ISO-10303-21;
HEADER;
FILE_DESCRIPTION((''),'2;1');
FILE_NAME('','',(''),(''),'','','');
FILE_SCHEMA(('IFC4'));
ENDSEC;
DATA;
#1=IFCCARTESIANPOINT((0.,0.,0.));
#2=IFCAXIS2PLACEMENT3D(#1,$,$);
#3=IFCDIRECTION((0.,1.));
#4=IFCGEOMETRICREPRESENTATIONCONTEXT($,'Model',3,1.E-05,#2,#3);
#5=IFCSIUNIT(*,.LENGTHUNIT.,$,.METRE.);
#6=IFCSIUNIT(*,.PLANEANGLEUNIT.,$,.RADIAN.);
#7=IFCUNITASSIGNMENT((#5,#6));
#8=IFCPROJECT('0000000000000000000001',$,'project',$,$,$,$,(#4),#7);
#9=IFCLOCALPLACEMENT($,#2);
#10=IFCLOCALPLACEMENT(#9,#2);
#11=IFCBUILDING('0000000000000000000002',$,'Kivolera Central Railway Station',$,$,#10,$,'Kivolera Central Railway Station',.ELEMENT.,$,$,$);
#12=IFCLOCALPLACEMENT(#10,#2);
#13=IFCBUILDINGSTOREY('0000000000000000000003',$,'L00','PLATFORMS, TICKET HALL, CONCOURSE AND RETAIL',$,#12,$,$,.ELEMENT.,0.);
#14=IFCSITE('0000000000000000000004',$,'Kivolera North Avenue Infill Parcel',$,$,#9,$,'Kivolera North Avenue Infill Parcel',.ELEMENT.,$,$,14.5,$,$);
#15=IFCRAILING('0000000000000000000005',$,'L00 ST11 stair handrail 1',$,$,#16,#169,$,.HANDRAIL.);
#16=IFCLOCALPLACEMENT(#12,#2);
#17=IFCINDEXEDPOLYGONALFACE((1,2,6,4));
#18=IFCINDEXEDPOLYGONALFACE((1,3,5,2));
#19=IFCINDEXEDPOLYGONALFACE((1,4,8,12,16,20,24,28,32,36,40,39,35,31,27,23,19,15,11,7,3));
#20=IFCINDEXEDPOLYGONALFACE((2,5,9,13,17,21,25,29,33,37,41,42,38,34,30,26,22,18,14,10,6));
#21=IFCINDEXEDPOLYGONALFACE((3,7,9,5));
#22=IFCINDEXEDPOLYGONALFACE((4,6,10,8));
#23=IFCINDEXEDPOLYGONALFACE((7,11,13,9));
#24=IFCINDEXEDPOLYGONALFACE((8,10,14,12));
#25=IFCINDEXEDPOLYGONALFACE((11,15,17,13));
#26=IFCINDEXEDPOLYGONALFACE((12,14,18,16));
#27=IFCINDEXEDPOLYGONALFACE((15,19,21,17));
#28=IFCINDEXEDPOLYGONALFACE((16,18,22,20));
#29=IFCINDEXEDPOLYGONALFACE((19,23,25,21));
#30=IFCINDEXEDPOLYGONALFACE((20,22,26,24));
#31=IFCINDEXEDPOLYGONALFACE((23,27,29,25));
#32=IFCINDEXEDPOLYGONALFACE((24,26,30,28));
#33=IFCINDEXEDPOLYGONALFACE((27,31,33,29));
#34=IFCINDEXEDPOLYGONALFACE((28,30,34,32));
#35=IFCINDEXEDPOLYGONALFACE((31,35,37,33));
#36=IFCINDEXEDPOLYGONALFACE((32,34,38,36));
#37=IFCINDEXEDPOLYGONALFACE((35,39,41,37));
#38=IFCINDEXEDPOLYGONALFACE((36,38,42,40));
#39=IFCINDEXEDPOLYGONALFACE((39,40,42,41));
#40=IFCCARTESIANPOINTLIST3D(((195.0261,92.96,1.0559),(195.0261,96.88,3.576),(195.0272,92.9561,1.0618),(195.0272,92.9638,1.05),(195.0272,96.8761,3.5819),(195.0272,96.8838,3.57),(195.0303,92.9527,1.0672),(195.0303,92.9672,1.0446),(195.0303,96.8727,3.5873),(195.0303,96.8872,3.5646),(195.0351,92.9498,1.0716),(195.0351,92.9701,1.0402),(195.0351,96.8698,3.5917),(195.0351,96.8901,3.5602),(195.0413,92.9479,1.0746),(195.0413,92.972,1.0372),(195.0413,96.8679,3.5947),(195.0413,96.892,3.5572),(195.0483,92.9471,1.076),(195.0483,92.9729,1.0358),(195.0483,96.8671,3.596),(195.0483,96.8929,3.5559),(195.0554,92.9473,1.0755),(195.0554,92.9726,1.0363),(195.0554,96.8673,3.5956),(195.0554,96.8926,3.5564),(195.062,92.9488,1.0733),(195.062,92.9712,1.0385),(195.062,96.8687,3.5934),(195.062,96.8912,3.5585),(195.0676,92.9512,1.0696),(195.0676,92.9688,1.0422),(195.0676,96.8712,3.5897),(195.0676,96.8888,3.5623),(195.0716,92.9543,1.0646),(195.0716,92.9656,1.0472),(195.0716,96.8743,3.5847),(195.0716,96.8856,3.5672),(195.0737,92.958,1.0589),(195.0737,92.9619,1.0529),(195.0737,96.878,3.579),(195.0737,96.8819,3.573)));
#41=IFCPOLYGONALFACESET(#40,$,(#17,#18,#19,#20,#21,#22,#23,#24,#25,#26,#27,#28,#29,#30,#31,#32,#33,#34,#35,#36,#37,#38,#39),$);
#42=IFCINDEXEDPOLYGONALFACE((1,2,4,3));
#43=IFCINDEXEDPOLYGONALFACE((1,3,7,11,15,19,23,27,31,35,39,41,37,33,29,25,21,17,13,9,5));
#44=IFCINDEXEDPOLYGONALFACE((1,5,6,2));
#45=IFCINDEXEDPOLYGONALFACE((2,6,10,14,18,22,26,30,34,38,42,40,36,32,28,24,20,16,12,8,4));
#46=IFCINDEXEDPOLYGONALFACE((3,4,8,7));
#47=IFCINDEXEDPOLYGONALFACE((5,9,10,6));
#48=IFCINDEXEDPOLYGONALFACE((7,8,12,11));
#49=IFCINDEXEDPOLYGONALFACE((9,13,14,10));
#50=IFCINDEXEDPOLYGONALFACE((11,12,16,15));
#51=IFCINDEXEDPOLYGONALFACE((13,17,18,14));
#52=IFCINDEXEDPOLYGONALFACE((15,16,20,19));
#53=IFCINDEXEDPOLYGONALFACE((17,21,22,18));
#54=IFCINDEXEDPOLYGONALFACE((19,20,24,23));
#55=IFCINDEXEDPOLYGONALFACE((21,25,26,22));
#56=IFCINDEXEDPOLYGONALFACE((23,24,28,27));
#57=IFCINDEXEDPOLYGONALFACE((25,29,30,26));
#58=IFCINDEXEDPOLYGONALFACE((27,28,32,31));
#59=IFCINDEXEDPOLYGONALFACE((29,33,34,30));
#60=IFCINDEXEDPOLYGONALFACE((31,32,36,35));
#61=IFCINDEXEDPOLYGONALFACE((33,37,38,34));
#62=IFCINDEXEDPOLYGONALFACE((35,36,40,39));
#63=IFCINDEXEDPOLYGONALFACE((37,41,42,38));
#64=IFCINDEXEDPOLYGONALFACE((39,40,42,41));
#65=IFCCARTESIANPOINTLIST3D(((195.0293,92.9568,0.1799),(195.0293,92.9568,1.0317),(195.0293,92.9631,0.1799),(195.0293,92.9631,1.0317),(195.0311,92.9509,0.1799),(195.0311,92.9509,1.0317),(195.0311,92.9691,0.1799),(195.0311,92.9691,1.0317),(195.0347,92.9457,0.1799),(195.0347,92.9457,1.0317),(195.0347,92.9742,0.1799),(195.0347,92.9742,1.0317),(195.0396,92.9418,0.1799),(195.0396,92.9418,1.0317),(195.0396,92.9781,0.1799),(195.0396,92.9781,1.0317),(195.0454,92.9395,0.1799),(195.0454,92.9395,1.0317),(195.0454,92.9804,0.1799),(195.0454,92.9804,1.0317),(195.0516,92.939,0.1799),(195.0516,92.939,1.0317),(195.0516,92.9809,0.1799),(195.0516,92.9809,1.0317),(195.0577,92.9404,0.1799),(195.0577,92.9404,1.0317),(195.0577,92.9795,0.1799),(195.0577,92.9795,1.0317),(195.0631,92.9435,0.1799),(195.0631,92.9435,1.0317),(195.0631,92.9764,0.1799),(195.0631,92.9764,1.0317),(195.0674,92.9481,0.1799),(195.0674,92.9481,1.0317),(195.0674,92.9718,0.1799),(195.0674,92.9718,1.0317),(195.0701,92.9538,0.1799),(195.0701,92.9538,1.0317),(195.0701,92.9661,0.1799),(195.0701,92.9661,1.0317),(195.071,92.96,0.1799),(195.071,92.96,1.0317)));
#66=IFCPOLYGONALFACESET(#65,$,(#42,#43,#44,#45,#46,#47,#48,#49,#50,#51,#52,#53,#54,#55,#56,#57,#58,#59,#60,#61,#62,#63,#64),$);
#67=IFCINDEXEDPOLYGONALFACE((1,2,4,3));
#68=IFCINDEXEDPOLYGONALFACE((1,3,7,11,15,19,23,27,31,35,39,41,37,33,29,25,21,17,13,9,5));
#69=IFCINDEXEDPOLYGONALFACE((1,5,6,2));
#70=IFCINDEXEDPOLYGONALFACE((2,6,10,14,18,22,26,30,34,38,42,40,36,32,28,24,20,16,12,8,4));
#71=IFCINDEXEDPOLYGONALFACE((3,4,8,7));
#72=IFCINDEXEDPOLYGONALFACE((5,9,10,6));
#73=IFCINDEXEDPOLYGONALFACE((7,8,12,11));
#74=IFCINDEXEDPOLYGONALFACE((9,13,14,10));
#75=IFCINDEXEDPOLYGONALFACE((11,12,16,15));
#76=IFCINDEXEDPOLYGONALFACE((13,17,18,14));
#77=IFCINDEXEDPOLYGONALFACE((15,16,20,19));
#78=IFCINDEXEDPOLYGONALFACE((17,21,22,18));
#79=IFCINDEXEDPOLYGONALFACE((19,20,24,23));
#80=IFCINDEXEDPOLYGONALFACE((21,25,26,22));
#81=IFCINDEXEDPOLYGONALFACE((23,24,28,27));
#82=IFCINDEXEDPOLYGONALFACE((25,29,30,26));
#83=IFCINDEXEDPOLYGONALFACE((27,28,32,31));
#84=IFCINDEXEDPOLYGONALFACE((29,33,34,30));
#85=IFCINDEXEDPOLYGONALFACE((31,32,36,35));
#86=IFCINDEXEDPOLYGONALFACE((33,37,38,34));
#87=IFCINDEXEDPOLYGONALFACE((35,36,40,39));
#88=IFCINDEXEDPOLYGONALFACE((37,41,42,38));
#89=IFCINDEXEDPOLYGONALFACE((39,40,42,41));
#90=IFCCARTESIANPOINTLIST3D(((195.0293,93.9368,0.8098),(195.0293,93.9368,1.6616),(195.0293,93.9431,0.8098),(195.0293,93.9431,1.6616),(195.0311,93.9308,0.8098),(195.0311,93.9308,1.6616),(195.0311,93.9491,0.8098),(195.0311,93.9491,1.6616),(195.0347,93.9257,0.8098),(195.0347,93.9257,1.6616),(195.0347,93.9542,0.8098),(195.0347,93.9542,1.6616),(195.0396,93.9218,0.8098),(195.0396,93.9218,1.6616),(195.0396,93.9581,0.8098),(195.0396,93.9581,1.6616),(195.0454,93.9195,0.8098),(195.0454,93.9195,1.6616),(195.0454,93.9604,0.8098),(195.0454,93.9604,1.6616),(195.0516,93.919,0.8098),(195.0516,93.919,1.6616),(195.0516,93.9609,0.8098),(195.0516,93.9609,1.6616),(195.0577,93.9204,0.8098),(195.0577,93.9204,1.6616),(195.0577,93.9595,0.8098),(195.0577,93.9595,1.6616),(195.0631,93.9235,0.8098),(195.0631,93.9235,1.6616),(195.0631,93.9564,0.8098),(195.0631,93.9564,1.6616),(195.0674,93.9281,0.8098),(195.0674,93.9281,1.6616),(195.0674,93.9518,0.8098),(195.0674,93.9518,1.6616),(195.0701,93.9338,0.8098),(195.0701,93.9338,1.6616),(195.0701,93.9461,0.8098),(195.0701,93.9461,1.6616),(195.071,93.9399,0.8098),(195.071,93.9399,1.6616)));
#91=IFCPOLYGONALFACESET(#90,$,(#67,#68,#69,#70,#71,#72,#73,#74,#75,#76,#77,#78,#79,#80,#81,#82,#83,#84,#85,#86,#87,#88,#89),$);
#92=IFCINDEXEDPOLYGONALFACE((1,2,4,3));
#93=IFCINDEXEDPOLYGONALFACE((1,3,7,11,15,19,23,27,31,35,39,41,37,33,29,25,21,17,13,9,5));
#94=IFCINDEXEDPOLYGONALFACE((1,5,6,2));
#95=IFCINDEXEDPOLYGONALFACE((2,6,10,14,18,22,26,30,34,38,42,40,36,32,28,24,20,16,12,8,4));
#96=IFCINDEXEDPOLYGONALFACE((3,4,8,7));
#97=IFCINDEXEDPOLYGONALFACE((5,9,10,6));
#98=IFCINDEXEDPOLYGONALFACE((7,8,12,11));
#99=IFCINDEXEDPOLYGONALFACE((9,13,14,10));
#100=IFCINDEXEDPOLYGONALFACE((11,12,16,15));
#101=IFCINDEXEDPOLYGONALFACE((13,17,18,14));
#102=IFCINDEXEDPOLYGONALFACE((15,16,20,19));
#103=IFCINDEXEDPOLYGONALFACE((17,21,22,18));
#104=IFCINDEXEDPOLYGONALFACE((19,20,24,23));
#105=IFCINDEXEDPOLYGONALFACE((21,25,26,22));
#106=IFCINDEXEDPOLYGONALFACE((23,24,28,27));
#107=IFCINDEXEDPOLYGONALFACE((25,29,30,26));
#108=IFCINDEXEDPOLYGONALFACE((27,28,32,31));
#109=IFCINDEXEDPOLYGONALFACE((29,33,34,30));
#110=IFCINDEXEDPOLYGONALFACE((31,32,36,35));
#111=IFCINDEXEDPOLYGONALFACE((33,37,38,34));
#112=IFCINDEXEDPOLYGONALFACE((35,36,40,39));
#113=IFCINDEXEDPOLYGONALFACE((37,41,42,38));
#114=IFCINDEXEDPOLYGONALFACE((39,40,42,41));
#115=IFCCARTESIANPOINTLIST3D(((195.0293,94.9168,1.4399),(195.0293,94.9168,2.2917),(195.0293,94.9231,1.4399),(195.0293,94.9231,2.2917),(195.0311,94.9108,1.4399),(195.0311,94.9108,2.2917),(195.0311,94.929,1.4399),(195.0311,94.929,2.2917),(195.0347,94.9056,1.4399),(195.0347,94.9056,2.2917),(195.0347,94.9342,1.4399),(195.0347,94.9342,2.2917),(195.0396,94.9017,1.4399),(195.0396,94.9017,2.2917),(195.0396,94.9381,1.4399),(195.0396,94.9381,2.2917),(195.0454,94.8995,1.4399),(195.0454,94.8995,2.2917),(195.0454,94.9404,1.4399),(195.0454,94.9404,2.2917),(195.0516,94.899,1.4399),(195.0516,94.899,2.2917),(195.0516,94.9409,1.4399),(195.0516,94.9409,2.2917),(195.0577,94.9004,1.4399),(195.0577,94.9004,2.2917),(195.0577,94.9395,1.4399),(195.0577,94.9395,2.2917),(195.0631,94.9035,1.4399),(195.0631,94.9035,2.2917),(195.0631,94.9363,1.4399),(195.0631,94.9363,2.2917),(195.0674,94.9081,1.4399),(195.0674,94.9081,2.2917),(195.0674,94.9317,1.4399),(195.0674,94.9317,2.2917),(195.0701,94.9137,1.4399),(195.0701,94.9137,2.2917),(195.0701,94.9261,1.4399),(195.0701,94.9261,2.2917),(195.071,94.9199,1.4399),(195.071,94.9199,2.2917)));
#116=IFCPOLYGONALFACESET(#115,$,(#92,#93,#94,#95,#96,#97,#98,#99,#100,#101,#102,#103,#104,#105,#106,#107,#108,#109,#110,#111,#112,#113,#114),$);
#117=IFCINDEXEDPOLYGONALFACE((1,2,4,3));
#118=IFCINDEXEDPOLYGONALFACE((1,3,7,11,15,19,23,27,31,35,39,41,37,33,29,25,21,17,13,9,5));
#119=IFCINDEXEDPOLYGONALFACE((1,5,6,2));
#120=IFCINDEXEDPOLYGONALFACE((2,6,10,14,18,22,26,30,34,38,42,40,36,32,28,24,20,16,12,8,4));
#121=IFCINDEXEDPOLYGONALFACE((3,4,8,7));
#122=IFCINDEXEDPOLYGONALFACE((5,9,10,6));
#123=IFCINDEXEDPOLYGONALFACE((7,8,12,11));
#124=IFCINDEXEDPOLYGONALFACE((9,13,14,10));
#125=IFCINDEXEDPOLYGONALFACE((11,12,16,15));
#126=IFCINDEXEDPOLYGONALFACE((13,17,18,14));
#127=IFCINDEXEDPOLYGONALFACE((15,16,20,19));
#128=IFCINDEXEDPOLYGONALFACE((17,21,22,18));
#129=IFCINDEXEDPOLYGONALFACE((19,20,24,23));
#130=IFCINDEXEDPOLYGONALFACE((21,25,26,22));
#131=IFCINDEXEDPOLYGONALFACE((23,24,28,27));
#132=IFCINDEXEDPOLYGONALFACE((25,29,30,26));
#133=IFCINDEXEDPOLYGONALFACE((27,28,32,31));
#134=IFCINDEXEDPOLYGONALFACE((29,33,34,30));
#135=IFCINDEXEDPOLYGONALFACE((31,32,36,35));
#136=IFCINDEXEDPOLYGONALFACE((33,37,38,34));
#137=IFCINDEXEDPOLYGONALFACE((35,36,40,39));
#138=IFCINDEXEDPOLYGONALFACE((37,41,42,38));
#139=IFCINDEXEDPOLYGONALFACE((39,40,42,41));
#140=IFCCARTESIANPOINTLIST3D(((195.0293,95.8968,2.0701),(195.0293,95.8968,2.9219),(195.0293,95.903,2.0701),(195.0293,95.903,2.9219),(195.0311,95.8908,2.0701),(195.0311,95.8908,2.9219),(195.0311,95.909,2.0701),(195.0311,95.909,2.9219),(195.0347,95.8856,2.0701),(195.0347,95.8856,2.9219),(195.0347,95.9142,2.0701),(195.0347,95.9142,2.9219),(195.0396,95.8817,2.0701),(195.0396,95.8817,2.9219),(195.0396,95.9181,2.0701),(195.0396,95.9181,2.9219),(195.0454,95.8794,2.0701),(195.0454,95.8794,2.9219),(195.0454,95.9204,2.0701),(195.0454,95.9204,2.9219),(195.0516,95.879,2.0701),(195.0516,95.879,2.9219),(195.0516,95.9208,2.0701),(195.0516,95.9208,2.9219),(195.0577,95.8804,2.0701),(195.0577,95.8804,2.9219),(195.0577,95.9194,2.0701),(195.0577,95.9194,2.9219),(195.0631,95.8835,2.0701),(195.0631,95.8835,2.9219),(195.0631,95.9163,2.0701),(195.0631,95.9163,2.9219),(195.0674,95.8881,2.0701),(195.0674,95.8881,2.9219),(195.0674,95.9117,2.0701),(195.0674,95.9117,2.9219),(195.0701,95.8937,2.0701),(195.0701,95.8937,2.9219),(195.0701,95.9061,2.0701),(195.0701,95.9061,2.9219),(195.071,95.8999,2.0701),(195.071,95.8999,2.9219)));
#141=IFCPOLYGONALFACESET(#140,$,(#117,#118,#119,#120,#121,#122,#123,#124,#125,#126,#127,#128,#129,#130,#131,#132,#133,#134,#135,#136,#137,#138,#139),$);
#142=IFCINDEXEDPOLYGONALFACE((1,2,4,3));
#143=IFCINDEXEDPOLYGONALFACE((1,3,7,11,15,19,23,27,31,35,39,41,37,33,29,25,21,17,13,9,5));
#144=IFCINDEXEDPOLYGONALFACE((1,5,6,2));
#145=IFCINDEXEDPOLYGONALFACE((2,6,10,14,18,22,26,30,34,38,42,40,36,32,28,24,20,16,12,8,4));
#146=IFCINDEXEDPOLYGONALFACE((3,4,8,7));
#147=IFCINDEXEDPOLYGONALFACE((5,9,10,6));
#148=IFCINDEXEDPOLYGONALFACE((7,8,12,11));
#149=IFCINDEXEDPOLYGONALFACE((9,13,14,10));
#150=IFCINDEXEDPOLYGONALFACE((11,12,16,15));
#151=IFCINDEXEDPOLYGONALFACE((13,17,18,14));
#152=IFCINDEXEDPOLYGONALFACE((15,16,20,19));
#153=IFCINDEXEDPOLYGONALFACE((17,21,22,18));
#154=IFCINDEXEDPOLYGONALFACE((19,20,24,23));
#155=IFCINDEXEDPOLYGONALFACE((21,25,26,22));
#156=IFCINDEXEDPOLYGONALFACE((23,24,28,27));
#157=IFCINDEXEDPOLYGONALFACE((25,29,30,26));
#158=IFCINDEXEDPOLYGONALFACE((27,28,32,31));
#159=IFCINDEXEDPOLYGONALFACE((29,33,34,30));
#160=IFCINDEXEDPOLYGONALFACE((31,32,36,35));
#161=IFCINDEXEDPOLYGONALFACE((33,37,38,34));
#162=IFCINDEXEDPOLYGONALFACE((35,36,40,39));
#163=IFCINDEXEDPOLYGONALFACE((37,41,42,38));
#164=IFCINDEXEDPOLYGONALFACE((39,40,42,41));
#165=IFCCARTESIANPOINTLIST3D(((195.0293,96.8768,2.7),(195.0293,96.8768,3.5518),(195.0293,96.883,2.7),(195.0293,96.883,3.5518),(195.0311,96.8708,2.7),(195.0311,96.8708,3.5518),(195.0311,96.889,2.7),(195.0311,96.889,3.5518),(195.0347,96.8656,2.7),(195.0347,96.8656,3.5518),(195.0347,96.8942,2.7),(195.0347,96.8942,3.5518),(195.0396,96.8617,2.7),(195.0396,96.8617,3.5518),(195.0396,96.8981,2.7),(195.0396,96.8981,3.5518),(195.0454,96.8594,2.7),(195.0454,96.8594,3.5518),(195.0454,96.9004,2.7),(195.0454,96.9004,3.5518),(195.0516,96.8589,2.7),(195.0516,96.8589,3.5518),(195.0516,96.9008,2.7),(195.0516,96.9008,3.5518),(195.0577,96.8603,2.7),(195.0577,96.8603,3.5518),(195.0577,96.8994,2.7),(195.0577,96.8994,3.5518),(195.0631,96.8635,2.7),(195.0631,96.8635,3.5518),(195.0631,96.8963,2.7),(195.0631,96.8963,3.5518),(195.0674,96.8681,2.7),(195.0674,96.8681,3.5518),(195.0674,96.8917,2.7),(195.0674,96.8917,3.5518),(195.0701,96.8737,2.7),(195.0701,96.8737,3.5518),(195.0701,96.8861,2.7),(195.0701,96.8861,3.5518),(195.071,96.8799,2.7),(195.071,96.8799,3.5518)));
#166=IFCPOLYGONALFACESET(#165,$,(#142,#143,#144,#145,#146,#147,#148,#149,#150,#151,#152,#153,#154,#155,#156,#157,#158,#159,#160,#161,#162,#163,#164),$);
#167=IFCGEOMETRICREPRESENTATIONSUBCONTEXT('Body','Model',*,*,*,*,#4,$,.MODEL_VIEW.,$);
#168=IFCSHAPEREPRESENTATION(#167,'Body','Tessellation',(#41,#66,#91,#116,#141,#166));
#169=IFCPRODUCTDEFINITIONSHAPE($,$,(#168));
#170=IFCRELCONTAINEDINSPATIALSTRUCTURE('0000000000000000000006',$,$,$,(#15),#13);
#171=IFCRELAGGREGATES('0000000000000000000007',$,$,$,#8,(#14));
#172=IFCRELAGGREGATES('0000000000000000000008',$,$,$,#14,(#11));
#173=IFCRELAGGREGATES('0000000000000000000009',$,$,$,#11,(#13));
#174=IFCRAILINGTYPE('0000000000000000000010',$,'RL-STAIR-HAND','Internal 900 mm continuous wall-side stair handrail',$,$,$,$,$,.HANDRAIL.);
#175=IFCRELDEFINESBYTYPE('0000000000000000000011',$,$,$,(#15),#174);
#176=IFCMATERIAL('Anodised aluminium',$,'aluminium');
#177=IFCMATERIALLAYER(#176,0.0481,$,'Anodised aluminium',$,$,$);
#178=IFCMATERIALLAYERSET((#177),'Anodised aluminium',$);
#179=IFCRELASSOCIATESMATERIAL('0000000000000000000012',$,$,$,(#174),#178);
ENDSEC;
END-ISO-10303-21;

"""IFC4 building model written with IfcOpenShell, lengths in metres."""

from ifc_helpers import new_model, si_unit, direction, frame, origin, origin_2d, place, context, subcontext, project, spatial, circle, extrude, material, layer, layer_set, type_object, element, save


model = new_model("IFC4")

# Units and contexts
model_context = context("Model", 3, precision=1e-05, world=origin(), true_north=direction((0.0, 1.0)))
body_context = subcontext(model_context, "Body", "Model", "MODEL_VIEW")
ifc_project = project(units=[si_unit("LENGTHUNIT", "METRE"), si_unit("PLANEANGLEUNIT", "RADIAN")], contexts=[model_context])

# Site, building, storey
site_placement = place(None, origin())
site = spatial("IfcSite", under=ifc_project, at=site_placement, Name="Kivolera North Avenue Infill Parcel", LongName="Kivolera North Avenue Infill Parcel", CompositionType="ELEMENT", RefElevation=14.5)
building_placement = place(site_placement, origin())
building = spatial("IfcBuilding", under=site, at=building_placement, Name="Kivolera Central Railway Station", LongName="Kivolera Central Railway Station", CompositionType="ELEMENT")
storey_placement = place(building_placement, origin())
storey = spatial("IfcBuildingStorey", under=building, at=storey_placement, Name="L00", Description="PLATFORMS, TICKET HALL, CONCOURSE AND RETAIL", CompositionType="ELEMENT", Elevation=0.0)

# Shared definitions
ifc_material_1 = material(Name="Anodised aluminium", Category="aluminium")

# Railing
ifc_layer_1 = layer(ifc_material_1, 0.0481, Name="Anodised aluminium")
ifc_layer_set_1 = layer_set([ifc_layer_1], Name="Anodised aluminium")
railing_type_1 = type_object("IfcRailingType", Name="RL-STAIR-HAND", Description="Internal 900 mm continuous wall-side stair handrail", PredefinedType="HANDRAIL", material=ifc_layer_set_1)
railing_1_placement = place(storey_placement, frame((195.05, 92.96, 0.1799)))
element("IfcRailing", 1, at=railing_1_placement, inside=storey, type_object=railing_type_1, Name="L00 ST11 stair handrail 1", PredefinedType="HANDRAIL", context=body_context, shape_type="SweptSolid", body=[
    extrude(circle(Radius=0.0239, at=origin_2d()), frame((0.0, 0.0, 0.876), z_axis=(0.0, 0.841172, 0.540768), x_axis=(-1.0, 0.0, 0.0)), (0.0, 0.0, 1.0), 4.6602),
    extrude(circle(Radius=0.021, at=origin_2d()), origin(), (0.0, 0.0, 1.0), 0.8518),
    extrude(circle(Radius=0.021, at=origin_2d()), frame((0.0, 0.98, 0.6299)), (0.0, 0.0, 1.0), 0.8518),
    extrude(circle(Radius=0.021, at=origin_2d()), frame((0.0, 1.96, 1.26)), (0.0, 0.0, 1.0), 0.8518),
    extrude(circle(Radius=0.021, at=origin_2d()), frame((0.0, 2.9399, 1.8901)), (0.0, 0.0, 1.0), 0.8518),
    extrude(circle(Radius=0.021, at=origin_2d()), frame((0.0, 3.9199, 2.52)), (0.0, 0.0, 1.0), 0.8518),
])

save(model, "model.ifc")
